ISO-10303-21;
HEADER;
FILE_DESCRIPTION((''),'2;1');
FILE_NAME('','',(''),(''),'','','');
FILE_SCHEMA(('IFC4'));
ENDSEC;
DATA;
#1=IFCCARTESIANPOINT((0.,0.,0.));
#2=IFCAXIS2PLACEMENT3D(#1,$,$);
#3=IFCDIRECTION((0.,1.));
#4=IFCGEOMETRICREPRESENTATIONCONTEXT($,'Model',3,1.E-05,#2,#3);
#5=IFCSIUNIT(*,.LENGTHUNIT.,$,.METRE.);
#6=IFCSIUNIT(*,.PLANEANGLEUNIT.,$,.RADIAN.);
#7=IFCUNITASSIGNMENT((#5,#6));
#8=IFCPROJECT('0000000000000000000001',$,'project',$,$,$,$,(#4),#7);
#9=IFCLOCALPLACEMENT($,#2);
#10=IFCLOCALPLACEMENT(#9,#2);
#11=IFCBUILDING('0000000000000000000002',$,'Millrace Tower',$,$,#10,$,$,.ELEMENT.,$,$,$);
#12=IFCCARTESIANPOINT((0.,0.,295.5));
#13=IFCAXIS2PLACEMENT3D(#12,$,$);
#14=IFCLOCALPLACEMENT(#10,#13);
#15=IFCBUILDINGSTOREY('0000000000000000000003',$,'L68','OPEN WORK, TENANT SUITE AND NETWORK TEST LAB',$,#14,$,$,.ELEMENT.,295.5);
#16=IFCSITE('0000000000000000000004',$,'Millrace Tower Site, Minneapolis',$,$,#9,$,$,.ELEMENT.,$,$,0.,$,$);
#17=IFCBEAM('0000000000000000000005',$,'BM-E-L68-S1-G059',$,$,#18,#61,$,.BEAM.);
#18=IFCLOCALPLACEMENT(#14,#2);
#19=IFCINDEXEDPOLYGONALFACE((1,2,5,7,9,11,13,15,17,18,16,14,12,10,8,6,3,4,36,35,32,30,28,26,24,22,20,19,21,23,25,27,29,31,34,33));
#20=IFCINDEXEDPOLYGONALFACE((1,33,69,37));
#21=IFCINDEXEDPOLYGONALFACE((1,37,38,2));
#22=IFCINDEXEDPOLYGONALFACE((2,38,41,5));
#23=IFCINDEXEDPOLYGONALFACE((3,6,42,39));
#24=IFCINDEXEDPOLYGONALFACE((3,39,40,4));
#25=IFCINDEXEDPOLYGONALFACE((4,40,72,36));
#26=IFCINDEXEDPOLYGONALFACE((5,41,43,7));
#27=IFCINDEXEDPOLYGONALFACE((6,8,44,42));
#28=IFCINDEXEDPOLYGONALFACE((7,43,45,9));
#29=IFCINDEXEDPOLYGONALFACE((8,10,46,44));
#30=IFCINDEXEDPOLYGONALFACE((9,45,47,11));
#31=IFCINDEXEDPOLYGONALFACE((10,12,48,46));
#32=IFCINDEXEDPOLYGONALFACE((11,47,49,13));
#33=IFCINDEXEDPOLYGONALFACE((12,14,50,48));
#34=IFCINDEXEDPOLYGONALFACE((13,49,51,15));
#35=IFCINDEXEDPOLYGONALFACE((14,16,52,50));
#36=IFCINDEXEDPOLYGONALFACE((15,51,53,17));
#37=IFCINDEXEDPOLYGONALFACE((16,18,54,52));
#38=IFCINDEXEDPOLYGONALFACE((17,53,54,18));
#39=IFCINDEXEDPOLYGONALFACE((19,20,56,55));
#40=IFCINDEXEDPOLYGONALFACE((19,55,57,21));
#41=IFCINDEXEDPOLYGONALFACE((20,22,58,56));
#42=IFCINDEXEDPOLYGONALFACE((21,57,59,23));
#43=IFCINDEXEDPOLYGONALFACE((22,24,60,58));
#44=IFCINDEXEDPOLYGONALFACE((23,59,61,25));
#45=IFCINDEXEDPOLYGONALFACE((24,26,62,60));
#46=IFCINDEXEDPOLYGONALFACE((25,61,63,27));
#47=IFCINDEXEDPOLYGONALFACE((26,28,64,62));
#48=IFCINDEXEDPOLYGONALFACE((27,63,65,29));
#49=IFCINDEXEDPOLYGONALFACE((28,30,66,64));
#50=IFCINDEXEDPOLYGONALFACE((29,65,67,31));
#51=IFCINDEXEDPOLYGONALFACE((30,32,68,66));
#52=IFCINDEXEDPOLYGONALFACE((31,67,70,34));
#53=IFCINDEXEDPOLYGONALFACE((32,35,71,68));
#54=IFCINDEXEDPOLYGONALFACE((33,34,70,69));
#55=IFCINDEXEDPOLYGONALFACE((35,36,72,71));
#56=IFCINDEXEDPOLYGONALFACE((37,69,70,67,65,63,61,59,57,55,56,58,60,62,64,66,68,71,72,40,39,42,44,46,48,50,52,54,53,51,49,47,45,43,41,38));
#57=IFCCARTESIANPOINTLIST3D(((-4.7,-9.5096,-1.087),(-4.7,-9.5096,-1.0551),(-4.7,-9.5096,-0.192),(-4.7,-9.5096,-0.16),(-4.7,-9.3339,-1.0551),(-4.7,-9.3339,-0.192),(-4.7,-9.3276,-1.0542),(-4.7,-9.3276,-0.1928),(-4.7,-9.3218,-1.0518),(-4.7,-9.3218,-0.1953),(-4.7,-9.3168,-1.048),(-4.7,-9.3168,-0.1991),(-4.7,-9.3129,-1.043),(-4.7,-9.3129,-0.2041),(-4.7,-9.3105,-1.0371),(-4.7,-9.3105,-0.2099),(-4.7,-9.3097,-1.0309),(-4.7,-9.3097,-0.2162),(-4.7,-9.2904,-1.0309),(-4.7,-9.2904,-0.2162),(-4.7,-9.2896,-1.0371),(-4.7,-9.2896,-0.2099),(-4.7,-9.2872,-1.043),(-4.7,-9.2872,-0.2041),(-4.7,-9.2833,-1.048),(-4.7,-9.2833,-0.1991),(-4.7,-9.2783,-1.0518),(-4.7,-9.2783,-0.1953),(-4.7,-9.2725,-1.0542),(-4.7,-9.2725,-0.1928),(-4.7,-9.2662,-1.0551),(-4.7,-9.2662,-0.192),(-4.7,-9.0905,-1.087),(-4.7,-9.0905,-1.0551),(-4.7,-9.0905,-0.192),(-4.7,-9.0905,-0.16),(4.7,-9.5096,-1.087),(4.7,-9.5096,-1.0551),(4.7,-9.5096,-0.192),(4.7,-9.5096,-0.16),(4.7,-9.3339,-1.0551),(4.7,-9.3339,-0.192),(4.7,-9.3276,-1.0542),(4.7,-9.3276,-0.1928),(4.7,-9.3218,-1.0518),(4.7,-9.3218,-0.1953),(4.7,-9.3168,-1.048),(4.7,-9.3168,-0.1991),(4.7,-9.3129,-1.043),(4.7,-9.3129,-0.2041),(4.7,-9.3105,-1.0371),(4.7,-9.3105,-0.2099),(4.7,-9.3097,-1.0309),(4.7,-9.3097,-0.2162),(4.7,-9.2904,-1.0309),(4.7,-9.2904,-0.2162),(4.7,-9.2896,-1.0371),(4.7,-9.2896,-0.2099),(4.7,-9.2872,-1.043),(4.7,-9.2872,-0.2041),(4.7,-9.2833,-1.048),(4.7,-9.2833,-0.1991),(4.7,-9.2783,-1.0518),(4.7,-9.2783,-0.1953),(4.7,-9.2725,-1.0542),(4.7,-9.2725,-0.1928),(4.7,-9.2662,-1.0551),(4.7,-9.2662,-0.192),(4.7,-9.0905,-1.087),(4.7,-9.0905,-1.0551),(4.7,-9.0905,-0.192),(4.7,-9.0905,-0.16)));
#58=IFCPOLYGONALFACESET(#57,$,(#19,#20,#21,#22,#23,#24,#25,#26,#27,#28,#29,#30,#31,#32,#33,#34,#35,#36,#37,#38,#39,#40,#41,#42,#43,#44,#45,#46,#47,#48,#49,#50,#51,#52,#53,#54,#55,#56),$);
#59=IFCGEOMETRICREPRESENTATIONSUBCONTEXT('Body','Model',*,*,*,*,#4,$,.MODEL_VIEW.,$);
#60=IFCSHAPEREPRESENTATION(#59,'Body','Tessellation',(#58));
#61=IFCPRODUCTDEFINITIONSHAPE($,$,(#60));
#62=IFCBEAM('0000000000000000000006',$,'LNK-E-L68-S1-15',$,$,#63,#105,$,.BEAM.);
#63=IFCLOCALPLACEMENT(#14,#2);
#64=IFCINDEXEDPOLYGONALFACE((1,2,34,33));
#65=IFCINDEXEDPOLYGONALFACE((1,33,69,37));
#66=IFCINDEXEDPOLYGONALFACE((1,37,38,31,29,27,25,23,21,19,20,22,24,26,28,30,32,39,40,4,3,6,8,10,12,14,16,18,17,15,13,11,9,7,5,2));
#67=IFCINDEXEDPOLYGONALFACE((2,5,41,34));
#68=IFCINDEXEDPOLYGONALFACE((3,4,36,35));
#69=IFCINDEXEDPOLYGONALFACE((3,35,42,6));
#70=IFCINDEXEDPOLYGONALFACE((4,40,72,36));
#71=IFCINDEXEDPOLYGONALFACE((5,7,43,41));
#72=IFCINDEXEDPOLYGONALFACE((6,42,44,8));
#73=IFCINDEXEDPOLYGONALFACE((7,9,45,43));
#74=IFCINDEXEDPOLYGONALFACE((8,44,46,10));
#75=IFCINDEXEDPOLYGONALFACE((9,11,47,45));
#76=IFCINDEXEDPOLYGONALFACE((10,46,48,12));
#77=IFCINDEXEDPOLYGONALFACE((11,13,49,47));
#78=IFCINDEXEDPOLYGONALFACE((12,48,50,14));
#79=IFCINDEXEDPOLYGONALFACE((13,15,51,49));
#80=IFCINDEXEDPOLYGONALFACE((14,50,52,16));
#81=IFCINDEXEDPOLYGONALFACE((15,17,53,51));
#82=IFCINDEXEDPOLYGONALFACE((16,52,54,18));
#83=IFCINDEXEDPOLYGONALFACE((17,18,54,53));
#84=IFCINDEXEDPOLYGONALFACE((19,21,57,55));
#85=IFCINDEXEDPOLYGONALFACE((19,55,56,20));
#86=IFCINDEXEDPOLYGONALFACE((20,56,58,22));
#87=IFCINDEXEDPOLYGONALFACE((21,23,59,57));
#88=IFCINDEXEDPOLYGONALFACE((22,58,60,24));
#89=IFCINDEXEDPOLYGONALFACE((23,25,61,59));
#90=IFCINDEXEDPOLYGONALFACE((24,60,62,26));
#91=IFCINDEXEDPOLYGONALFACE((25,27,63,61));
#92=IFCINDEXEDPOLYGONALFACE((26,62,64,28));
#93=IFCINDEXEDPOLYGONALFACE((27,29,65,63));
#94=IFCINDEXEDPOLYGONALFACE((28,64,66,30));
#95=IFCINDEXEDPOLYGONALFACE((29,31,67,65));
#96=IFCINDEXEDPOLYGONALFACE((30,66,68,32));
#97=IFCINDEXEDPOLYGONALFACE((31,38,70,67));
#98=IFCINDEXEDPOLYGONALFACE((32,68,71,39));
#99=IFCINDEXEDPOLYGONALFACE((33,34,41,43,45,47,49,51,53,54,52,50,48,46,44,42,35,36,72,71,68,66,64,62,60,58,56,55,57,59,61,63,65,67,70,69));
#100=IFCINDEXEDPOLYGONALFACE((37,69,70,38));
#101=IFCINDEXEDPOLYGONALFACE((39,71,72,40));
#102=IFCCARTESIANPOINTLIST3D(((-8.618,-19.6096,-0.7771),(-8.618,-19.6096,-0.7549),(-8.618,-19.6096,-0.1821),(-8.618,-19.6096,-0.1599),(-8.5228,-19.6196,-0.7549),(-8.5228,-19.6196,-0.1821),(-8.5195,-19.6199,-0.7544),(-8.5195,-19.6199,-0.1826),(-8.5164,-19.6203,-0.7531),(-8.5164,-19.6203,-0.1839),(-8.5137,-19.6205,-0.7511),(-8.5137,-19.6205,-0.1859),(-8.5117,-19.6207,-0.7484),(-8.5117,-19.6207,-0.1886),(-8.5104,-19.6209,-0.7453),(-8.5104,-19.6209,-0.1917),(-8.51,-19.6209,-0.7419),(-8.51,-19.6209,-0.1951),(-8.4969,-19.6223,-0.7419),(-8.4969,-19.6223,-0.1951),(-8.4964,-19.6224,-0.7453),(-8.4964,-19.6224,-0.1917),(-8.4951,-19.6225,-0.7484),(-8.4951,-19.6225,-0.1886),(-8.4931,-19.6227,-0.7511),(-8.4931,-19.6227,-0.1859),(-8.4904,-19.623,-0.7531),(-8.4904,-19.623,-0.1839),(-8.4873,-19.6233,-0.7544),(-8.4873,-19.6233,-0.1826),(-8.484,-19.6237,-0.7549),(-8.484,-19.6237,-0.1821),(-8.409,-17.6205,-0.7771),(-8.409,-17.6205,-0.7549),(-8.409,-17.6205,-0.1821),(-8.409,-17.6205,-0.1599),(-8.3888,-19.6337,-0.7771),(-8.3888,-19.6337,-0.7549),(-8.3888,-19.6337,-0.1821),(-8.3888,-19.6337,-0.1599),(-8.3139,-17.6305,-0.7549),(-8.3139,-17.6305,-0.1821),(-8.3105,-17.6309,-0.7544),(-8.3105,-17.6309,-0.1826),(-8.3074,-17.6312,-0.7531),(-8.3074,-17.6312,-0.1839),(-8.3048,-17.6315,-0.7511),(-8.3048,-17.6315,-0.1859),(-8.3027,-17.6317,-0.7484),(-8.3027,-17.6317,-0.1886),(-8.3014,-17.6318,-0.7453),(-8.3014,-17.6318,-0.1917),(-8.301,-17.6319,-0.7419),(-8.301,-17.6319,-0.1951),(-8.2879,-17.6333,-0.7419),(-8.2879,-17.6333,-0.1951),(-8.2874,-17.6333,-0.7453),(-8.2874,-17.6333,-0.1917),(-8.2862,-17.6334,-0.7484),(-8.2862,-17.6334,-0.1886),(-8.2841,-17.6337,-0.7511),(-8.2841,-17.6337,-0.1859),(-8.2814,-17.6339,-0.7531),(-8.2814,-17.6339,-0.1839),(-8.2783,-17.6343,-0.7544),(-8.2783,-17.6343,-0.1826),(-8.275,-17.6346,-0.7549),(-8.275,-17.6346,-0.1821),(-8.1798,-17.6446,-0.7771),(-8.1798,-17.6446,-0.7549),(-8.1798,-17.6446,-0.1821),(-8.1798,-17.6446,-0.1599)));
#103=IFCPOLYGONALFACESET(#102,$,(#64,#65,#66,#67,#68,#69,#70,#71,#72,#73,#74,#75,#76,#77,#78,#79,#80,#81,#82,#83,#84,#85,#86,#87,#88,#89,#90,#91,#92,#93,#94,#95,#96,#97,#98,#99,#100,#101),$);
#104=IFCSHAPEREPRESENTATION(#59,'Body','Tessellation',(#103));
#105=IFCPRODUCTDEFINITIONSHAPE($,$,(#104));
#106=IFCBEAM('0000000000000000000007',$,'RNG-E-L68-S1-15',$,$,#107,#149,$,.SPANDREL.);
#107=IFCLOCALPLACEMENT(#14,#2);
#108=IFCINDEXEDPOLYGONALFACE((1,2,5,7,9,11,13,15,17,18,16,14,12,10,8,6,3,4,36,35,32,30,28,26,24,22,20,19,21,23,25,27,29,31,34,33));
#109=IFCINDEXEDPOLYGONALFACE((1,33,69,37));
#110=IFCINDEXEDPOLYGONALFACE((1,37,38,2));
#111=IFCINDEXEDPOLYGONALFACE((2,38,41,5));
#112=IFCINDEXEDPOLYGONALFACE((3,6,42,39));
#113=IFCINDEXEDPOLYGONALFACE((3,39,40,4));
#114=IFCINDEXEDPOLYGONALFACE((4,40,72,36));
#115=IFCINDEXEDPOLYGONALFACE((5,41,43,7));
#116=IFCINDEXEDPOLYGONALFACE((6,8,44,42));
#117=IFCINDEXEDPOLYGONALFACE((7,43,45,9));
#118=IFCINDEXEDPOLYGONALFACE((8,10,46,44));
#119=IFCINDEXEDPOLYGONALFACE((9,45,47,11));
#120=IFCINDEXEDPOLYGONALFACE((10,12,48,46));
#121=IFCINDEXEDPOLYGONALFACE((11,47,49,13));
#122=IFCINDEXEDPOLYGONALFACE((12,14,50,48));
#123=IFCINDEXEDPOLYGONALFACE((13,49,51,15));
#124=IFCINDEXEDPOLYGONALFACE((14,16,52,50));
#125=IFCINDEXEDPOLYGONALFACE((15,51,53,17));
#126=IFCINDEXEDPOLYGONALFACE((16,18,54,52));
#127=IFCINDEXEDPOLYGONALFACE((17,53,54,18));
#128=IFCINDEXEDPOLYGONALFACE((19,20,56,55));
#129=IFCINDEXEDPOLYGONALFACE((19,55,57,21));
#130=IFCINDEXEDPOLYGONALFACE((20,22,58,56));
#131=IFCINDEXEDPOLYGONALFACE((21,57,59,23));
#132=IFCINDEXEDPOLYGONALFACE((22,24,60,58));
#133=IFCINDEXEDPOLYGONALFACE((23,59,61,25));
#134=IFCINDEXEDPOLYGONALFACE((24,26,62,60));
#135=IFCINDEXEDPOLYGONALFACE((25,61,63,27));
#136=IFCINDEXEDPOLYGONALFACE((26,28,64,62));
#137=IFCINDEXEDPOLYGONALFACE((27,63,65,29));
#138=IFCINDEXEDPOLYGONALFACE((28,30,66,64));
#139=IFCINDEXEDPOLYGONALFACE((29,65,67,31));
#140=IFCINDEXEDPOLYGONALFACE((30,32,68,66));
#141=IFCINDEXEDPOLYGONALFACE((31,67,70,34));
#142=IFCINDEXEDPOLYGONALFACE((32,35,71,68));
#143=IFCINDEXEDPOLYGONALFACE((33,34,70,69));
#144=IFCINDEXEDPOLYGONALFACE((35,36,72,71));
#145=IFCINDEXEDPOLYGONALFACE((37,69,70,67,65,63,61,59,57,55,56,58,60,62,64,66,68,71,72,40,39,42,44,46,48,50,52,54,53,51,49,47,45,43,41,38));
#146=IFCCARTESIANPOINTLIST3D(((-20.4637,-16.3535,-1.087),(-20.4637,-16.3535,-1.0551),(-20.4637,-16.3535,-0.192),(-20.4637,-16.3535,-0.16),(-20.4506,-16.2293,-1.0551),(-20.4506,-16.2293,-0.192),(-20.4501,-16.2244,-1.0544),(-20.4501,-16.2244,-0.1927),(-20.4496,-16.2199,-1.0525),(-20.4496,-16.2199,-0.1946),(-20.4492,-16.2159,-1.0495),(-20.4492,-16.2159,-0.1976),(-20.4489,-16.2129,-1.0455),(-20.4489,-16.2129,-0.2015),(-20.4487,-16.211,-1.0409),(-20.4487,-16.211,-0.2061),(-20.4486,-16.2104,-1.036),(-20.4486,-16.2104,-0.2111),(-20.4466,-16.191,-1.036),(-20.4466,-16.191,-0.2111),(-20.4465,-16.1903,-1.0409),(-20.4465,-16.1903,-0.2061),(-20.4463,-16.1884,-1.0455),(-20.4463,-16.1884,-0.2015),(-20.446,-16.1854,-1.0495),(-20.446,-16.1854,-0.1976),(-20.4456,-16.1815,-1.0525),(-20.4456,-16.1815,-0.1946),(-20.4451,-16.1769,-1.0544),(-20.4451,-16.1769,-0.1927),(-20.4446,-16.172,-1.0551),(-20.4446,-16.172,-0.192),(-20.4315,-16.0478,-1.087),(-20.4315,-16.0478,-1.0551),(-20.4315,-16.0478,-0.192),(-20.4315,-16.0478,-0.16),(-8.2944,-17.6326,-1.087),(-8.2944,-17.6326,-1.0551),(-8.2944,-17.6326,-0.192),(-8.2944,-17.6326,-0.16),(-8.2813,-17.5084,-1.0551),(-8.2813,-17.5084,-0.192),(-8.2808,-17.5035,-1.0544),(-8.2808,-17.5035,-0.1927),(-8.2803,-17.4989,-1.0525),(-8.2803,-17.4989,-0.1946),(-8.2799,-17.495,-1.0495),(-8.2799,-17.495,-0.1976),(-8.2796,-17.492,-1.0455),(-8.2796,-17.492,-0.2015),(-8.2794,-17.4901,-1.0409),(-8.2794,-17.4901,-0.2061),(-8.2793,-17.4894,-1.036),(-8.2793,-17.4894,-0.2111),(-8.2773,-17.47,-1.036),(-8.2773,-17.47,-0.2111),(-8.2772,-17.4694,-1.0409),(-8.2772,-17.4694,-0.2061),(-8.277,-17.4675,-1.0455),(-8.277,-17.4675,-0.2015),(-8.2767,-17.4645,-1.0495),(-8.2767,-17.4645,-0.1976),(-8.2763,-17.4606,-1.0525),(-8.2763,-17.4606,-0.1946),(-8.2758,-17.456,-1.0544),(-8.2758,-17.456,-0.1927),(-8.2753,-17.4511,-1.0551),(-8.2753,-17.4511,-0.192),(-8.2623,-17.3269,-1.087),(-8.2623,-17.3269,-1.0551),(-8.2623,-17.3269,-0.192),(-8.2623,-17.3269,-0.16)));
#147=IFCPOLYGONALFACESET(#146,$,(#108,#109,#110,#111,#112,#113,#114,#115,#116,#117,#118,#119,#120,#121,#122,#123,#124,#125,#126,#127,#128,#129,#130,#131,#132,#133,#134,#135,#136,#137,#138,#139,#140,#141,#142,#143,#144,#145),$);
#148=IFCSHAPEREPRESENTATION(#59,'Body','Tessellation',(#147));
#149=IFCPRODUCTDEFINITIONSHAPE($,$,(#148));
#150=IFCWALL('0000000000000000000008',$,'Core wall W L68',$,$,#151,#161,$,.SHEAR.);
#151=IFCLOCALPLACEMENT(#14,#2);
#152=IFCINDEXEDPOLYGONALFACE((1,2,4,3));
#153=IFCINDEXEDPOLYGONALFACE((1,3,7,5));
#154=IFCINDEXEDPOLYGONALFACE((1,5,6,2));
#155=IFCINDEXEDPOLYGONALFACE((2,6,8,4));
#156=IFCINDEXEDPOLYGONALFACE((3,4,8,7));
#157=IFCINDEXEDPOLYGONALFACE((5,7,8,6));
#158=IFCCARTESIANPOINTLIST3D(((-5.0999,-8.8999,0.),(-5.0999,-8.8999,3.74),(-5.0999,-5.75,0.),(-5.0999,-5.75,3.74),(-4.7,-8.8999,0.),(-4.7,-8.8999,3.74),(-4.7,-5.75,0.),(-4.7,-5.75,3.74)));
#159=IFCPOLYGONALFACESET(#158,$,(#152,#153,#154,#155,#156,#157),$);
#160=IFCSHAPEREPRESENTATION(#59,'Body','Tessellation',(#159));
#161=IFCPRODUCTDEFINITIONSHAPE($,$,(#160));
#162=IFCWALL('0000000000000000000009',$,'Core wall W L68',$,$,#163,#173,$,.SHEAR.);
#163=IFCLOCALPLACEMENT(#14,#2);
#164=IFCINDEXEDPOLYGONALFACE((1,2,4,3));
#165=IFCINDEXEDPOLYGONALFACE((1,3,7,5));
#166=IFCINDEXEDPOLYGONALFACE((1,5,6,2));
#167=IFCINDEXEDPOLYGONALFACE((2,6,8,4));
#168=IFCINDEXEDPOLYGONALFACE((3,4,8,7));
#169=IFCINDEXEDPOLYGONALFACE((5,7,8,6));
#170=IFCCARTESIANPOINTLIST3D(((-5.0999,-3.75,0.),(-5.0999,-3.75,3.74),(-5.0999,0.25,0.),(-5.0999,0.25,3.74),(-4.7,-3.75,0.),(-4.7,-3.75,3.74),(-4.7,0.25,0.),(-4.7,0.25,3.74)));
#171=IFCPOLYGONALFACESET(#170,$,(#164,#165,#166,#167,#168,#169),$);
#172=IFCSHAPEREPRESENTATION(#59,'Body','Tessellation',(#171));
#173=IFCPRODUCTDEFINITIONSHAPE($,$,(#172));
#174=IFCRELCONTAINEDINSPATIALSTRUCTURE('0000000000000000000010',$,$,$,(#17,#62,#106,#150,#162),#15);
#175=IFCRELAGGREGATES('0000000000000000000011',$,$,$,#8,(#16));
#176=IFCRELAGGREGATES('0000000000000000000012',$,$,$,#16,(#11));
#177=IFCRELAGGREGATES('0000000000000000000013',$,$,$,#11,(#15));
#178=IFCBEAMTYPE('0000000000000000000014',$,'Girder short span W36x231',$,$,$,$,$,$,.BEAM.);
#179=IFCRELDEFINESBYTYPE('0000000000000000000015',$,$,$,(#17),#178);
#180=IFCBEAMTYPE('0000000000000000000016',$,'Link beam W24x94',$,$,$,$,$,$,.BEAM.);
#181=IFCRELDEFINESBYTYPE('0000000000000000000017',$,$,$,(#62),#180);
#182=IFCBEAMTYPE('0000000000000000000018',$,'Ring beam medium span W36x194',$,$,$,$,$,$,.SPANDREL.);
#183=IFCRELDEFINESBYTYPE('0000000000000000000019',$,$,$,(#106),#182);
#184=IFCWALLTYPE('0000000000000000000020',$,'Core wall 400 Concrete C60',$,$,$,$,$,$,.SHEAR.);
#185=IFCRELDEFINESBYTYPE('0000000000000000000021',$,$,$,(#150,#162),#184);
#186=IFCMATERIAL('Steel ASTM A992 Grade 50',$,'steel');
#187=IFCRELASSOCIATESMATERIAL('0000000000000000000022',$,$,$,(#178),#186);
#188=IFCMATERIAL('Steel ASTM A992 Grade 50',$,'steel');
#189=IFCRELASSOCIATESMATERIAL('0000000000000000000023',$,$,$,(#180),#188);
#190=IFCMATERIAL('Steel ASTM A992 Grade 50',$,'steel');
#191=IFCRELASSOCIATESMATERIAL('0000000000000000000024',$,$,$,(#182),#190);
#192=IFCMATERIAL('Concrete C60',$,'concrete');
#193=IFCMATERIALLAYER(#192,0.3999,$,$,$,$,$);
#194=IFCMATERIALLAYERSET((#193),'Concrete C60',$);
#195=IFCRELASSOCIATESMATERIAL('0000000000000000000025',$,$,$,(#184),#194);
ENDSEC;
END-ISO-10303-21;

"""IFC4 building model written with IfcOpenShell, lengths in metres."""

from ifc_helpers import new_model, si_unit, direction, frame, frame_2d, origin, origin_2d, place, context, subcontext, project, spatial, rectangle, i_section, extrude, material, layer, layer_set, material_profile, profile_set, type_object, element, save


model = new_model("IFC4")

# Units and contexts
model_context = context("Model", 3, precision=1e-05, world=origin(), true_north=direction((0.0, 1.0)))
body_context = subcontext(model_context, "Body", "Model", "MODEL_VIEW")
ifc_project = project(units=[si_unit("LENGTHUNIT", "METRE"), si_unit("PLANEANGLEUNIT", "RADIAN")], contexts=[model_context])

# Site, building, storey
site_placement = place(None, origin())
site = spatial("IfcSite", under=ifc_project, at=site_placement, Name="Millrace Tower Site, Minneapolis", CompositionType="ELEMENT", RefElevation=0.0)
building_placement = place(site_placement, origin())
building = spatial("IfcBuilding", under=site, at=building_placement, Name="Millrace Tower", CompositionType="ELEMENT")
storey_placement = place(building_placement, frame((0.0, 0.0, 295.5)))
storey = spatial("IfcBuildingStorey", under=building, at=storey_placement, Name="L68", Description="OPEN WORK, TENANT SUITE AND NETWORK TEST LAB", CompositionType="ELEMENT", Elevation=295.5)

# Beams
ifc_material_1 = material(Name="Steel ASTM A992 Grade 50", Category="steel")
ifc_material_profile_1 = material_profile(ifc_material_1, i_section(OverallWidth=0.4192, OverallDepth=0.927, WebThickness=0.0193, FlangeThickness=0.032, FilletRadius=0.0242, at=origin_2d()))
ifc_profile_set_1 = profile_set([ifc_material_profile_1], Name="Steel ASTM A992 Grade 50")
beam_type_1 = type_object("IfcBeamType", Name="Girder short span W36x231", PredefinedType="BEAM", material=ifc_profile_set_1)
beam_1_placement = place(storey_placement, frame((-4.7, -9.3, -0.6235), z_axis=(1.0, 0.0, 0.0), x_axis=(0.0, 1.0, 0.0)))
element("IfcBeam", 1, at=beam_1_placement, inside=storey, type_object=beam_type_1, Name="BM-E-L68-S1-G059", PredefinedType="BEAM", context=body_context, shape_type="SweptSolid", body=[
    extrude(i_section(OverallWidth=0.4192, OverallDepth=0.927, WebThickness=0.0193, FlangeThickness=0.032, FilletRadius=0.0242, at=origin_2d()), origin(), (0.0, 0.0, 1.0), 9.3999),
])
ifc_material_2 = material(Name="Steel ASTM A992 Grade 50", Category="steel")
ifc_material_profile_2 = material_profile(ifc_material_2, i_section(OverallWidth=0.2305, OverallDepth=0.6172, WebThickness=0.0132, FlangeThickness=0.0222, FilletRadius=0.0129, at=origin_2d()))
ifc_profile_set_2 = profile_set([ifc_material_profile_2], Name="Steel ASTM A992 Grade 50")
beam_type_2 = type_object("IfcBeamType", Name="Link beam W24x94", PredefinedType="BEAM", material=ifc_profile_set_2)
beam_2_placement = place(storey_placement, frame((-8.2944, -17.6326, -0.4685), z_axis=(-0.104494, -0.994526, 0.0), x_axis=(0.994526, -0.104494, 0.0)))
element("IfcBeam", 2, at=beam_2_placement, inside=storey, type_object=beam_type_2, Name="LNK-E-L68-S1-15", PredefinedType="BEAM", context=body_context, shape_type="SweptSolid", body=[
    extrude(i_section(OverallWidth=0.2305, OverallDepth=0.6172, WebThickness=0.0132, FlangeThickness=0.0222, FilletRadius=0.0129, at=origin_2d()), origin(), (0.0, 0.0, 1.0), 2.0),
])
ifc_material_3 = material(Name="Steel ASTM A992 Grade 50", Category="steel")
ifc_material_profile_3 = material_profile(ifc_material_3, i_section(OverallWidth=0.3074, OverallDepth=0.927, WebThickness=0.0195, FlangeThickness=0.032, FilletRadius=0.019, at=origin_2d()))
ifc_profile_set_3 = profile_set([ifc_material_profile_3], Name="Steel ASTM A992 Grade 50")
beam_type_3 = type_object("IfcBeamType", Name="Ring beam medium span W36x194", PredefinedType="SPANDREL", material=ifc_profile_set_3)
beam_3_placement = place(storey_placement, frame((-8.2783, -17.4797, -0.6235), z_axis=(-0.994522, 0.10453, 0.0), x_axis=(-0.10453, -0.994522, 0.0)))
element("IfcBeam", 3, at=beam_3_placement, inside=storey, type_object=beam_type_3, Name="RNG-E-L68-S1-15", PredefinedType="SPANDREL", context=body_context, shape_type="SweptSolid", body=[
    extrude(i_section(OverallWidth=0.3074, OverallDepth=0.927, WebThickness=0.0195, FlangeThickness=0.032, FilletRadius=0.019, at=origin_2d()), origin(), (0.0, 0.0, 1.0), 12.2363),
])

# Walls
ifc_material_4 = material(Name="Concrete C60", Category="concrete")
ifc_layer_1 = layer(ifc_material_4, 0.3999)
ifc_layer_set_1 = layer_set([ifc_layer_1], Name="Concrete C60")
wall_type_1 = type_object("IfcWallType", Name="Core wall 400 Concrete C60", PredefinedType="SHEAR", material=ifc_layer_set_1)
wall_1_placement = place(storey_placement, frame((-4.8999, -8.8999, 0.0), z_axis=(0.0, 0.0, 1.0), x_axis=(0.0, 1.0, 0.0)))
element("IfcWall", 4, at=wall_1_placement, inside=storey, type_object=wall_type_1, Name="Core wall W L68", PredefinedType="SHEAR", context=body_context, shape_type="SweptSolid", body=[
    extrude(rectangle(XDim=3.1499, YDim=0.3999, at=frame_2d((1.575, 0.0))), origin(), (0.0, 0.0, 1.0), 3.74),
])
wall_2_placement = place(storey_placement, frame((-4.8999, -3.75, 0.0), z_axis=(0.0, 0.0, 1.0), x_axis=(0.0, 1.0, 0.0)))
element("IfcWall", 5, at=wall_2_placement, inside=storey, type_object=wall_type_1, Name="Core wall W L68", PredefinedType="SHEAR", context=body_context, shape_type="SweptSolid", body=[
    extrude(rectangle(XDim=4.0, YDim=0.3999, at=frame_2d((2.0, 0.0))), origin(), (0.0, 0.0, 1.0), 3.74),
])

save(model, "model.ifc")
